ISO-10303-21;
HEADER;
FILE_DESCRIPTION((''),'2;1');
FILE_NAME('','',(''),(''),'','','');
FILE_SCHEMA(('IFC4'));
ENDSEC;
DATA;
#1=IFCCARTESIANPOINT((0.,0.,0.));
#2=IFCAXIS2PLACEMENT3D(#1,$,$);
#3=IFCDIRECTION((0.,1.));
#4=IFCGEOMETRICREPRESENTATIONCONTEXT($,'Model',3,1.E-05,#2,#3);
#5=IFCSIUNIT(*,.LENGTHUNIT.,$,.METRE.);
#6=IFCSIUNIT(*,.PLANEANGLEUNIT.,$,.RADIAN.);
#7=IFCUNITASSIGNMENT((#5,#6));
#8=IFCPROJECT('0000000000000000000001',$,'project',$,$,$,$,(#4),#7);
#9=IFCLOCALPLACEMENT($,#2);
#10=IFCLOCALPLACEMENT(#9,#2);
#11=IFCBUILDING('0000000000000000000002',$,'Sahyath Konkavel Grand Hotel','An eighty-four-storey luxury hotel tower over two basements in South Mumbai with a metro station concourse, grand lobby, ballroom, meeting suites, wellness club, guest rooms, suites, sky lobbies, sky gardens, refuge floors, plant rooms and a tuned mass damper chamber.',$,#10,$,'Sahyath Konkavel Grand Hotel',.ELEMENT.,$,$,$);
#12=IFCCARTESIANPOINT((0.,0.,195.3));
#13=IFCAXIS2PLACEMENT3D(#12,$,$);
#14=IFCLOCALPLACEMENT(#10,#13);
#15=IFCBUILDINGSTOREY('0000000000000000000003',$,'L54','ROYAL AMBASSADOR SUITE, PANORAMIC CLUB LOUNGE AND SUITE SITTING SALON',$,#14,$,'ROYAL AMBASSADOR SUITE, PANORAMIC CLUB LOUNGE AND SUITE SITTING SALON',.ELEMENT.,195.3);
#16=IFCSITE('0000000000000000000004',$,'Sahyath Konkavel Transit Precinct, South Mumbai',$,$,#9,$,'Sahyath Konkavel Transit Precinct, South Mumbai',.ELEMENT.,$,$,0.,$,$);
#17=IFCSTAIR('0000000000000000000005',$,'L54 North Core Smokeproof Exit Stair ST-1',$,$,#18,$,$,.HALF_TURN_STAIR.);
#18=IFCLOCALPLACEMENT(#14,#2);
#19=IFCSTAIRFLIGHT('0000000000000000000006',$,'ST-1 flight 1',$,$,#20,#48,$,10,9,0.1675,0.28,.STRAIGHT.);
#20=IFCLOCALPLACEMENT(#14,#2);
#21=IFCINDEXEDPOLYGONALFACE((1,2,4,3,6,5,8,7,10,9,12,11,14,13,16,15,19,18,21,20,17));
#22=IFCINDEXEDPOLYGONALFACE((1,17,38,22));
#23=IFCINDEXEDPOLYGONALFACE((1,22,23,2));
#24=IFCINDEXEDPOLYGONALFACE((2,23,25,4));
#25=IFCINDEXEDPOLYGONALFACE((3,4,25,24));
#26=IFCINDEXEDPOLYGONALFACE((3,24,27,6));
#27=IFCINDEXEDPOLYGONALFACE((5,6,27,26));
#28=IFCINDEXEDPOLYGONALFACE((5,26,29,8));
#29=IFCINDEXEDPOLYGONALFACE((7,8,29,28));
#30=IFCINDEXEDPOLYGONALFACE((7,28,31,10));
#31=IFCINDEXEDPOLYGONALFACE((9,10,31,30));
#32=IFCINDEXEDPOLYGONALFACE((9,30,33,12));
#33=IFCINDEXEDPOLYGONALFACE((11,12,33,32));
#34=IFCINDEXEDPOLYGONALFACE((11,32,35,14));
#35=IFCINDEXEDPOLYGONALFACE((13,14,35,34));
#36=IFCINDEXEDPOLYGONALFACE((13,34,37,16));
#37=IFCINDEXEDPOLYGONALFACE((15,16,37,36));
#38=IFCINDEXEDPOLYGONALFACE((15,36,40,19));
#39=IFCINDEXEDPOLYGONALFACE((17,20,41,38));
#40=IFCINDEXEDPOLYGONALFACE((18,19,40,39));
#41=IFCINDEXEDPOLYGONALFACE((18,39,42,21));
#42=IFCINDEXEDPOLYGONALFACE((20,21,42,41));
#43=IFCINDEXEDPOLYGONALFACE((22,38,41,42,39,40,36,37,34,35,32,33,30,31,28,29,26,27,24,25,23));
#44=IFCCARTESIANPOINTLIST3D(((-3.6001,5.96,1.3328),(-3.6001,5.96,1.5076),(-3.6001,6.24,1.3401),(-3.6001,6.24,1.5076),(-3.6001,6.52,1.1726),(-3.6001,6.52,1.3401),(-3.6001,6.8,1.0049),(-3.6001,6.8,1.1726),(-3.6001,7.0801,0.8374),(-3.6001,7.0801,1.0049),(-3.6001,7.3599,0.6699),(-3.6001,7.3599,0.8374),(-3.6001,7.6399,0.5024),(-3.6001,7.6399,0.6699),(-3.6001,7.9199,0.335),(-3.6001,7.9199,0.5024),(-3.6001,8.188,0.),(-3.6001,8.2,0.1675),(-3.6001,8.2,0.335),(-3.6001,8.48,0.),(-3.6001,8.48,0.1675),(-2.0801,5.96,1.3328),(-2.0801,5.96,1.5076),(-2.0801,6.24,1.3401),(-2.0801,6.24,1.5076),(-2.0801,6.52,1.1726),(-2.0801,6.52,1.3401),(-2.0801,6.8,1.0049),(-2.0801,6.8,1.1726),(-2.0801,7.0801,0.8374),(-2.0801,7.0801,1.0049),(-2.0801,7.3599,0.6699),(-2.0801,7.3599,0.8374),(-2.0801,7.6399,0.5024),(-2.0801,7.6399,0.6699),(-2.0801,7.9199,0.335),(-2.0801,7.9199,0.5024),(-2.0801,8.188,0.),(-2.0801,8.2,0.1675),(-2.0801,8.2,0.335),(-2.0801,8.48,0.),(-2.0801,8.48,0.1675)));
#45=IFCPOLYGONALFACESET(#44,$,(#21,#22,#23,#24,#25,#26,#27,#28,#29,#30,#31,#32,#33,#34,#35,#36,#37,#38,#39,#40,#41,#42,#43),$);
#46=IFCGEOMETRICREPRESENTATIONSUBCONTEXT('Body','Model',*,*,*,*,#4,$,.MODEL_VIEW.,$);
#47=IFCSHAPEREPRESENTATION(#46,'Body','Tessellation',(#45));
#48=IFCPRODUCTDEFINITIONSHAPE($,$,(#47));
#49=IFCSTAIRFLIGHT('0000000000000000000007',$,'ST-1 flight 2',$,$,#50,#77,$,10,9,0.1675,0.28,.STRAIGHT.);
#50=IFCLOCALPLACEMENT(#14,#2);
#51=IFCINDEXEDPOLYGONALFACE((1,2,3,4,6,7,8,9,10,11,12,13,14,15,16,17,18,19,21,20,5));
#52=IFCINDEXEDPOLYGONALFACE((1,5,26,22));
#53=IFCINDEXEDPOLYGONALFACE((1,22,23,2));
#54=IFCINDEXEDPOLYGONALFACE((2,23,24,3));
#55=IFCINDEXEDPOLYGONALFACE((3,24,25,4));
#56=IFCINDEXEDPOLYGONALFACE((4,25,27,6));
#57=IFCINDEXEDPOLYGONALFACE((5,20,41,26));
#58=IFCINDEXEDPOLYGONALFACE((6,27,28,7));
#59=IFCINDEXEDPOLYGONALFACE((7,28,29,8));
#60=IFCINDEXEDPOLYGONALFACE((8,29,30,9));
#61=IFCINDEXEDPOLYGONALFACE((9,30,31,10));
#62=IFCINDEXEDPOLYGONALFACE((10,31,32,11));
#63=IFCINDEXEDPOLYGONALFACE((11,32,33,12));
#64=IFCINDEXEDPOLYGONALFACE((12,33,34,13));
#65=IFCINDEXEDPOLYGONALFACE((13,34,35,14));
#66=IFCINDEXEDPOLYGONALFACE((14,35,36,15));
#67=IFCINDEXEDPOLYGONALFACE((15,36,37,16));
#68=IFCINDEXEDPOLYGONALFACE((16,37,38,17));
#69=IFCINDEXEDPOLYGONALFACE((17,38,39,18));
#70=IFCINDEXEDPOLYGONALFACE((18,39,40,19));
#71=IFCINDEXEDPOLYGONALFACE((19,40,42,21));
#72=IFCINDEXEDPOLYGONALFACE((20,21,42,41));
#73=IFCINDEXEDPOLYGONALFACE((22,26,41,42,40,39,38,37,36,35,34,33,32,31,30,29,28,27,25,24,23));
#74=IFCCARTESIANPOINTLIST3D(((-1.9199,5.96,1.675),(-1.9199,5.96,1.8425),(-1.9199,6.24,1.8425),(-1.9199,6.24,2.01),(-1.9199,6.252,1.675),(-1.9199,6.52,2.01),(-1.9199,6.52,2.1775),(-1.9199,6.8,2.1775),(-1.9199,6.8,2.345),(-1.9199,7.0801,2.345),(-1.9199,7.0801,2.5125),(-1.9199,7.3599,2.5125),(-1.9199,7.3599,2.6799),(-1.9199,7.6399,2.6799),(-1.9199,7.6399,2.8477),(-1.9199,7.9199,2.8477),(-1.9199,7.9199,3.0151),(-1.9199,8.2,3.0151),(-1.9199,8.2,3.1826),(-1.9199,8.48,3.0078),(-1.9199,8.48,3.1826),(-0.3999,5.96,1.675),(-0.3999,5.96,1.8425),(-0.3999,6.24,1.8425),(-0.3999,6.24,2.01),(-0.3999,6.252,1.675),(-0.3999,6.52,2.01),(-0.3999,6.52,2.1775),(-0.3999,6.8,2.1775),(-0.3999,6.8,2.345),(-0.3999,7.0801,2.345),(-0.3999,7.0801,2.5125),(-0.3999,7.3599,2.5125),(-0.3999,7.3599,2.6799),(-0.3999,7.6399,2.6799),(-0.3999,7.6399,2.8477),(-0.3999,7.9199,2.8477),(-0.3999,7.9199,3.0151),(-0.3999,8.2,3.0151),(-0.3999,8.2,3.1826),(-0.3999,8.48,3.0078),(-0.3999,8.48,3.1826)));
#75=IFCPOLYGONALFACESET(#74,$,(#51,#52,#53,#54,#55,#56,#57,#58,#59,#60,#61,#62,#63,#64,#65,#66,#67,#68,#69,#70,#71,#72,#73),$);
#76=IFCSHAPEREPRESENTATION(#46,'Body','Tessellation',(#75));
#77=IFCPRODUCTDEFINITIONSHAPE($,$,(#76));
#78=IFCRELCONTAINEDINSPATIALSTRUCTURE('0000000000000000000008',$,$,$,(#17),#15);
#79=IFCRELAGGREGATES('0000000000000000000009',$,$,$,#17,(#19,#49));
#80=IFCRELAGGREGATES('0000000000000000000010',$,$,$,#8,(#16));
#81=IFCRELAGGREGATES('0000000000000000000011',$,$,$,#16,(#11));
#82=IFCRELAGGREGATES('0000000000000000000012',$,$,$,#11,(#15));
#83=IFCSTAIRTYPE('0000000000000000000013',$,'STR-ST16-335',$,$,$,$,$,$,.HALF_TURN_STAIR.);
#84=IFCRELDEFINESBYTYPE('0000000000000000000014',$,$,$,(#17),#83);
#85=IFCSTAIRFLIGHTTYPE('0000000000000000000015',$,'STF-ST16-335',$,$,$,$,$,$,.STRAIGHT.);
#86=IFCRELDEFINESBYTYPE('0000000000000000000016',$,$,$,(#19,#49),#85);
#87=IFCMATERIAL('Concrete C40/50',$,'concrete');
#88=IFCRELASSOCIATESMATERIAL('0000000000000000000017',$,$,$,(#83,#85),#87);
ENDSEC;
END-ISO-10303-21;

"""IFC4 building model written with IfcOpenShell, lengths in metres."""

from ifc_helpers import new_model, si_unit, direction, frame, origin, place, context, subcontext, project, spatial, polyline, outline, extrude, material, type_object, element, aggregate, save


model = new_model("IFC4")

# Units and contexts
model_context = context("Model", 3, precision=1e-05, world=origin(), true_north=direction((0.0, 1.0)))
body_context = subcontext(model_context, "Body", "Model", "MODEL_VIEW")
ifc_project = project(units=[si_unit("LENGTHUNIT", "METRE"), si_unit("PLANEANGLEUNIT", "RADIAN")], contexts=[model_context])

# Site, building, storey
site_placement = place(None, origin())
site = spatial("IfcSite", under=ifc_project, at=site_placement, Name="Sahyath Konkavel Transit Precinct, South Mumbai", LongName="Sahyath Konkavel Transit Precinct, South Mumbai", CompositionType="ELEMENT", RefElevation=0.0)
building_placement = place(site_placement, origin())
building = spatial("IfcBuilding", under=site, at=building_placement, Name="Sahyath Konkavel Grand Hotel", Description="An eighty-four-storey luxury hotel tower over two basements in South Mumbai with a metro station concourse, grand lobby, ballroom, meeting suites, wellness club, guest rooms, suites, sky lobbies, sky gardens, refuge floors, plant rooms and a tuned mass damper chamber.", LongName="Sahyath Konkavel Grand Hotel", CompositionType="ELEMENT")
storey_placement = place(building_placement, frame((0.0, 0.0, 195.3)))
storey = spatial("IfcBuildingStorey", under=building, at=storey_placement, Name="L54", Description="ROYAL AMBASSADOR SUITE, PANORAMIC CLUB LOUNGE AND SUITE SITTING SALON", LongName="ROYAL AMBASSADOR SUITE, PANORAMIC CLUB LOUNGE AND SUITE SITTING SALON", CompositionType="ELEMENT", Elevation=195.3)

# Stair, stair flights
ifc_material_1 = material(Name="Concrete C40/50", Category="concrete")
stair_type = type_object("IfcStairType", Name="STR-ST16-335", PredefinedType="HALF_TURN_STAIR", material=ifc_material_1)
stair_placement = place(storey_placement, origin())
stair = element("IfcStair", 1, at=stair_placement, inside=storey, type_object=stair_type, Name="L54 North Core Smokeproof Exit Stair ST-1", PredefinedType="HALF_TURN_STAIR")
stair_flight_type = type_object("IfcStairFlightType", Name="STF-ST16-335", PredefinedType="STRAIGHT", material=ifc_material_1)
stair_flight_1_placement = place(storey_placement, frame((-2.8401, 8.48, 0.0), z_axis=(0.0, 0.0, 1.0), x_axis=(0.0, -1.0, 0.0)))
stair_flight_1 = element("IfcStairFlight", 2, at=stair_flight_1_placement, type_object=stair_flight_type, Name="ST-1 flight 1", NumberOfRisers=10, NumberOfTreads=9, PredefinedType="STRAIGHT", RiserHeight=0.1675, TreadLength=0.28, context=body_context, shape_type="SweptSolid", body=[
    extrude(outline(polyline([(0.0, 0.0), (0.0, 0.1675), (0.28, 0.1675), (0.28, 0.335), (0.5601, 0.335), (0.5601, 0.5024), (0.8401, 0.5024), (0.8401, 0.6699), (1.1201, 0.6699), (1.1201, 0.8374), (1.3999, 0.8374), (1.3999, 1.0049), (1.6799, 1.0049), (1.6799, 1.1726), (1.96, 1.1726), (1.96, 1.3401), (2.24, 1.3401), (2.24, 1.5076), (2.52, 1.5076), (2.52, 1.675), (2.52, 1.3328), (0.292, 0.0), (0.0, 0.0)])), frame((0.0, 0.76, 0.0), z_axis=(0.0, -1.0, 0.0), x_axis=(1.0, 0.0, 0.0)), (0.0, 0.0, 1.0), 1.52),
])
stair_flight_2_placement = place(storey_placement, frame((-1.1599, 5.96, 1.675), z_axis=(0.0, 0.0, 1.0), x_axis=(0.0, 1.0, 0.0)))
stair_flight_2 = element("IfcStairFlight", 3, at=stair_flight_2_placement, type_object=stair_flight_type, Name="ST-1 flight 2", NumberOfRisers=10, NumberOfTreads=9, PredefinedType="STRAIGHT", RiserHeight=0.1675, TreadLength=0.28, context=body_context, shape_type="SweptSolid", body=[
    extrude(outline(polyline([(0.0, 0.0), (0.0, 0.1675), (0.28, 0.1675), (0.28, 0.335), (0.5601, 0.335), (0.5601, 0.5024), (0.8401, 0.5024), (0.8401, 0.6699), (1.1201, 0.6699), (1.1201, 0.8374), (1.3999, 0.8374), (1.3999, 1.0049), (1.6799, 1.0049), (1.6799, 1.1726), (1.96, 1.1726), (1.96, 1.3401), (2.24, 1.3401), (2.24, 1.5076), (2.52, 1.5076), (2.52, 1.675), (2.52, 1.3328), (0.292, 0.0), (0.0, 0.0)])), frame((0.0, 0.76, 0.0), z_axis=(0.0, -1.0, 0.0), x_axis=(1.0, 0.0, 0.0)), (0.0, 0.0, 1.0), 1.52),
])
aggregate(stair, [stair_flight_1, stair_flight_2])

save(model, "model.ifc")
